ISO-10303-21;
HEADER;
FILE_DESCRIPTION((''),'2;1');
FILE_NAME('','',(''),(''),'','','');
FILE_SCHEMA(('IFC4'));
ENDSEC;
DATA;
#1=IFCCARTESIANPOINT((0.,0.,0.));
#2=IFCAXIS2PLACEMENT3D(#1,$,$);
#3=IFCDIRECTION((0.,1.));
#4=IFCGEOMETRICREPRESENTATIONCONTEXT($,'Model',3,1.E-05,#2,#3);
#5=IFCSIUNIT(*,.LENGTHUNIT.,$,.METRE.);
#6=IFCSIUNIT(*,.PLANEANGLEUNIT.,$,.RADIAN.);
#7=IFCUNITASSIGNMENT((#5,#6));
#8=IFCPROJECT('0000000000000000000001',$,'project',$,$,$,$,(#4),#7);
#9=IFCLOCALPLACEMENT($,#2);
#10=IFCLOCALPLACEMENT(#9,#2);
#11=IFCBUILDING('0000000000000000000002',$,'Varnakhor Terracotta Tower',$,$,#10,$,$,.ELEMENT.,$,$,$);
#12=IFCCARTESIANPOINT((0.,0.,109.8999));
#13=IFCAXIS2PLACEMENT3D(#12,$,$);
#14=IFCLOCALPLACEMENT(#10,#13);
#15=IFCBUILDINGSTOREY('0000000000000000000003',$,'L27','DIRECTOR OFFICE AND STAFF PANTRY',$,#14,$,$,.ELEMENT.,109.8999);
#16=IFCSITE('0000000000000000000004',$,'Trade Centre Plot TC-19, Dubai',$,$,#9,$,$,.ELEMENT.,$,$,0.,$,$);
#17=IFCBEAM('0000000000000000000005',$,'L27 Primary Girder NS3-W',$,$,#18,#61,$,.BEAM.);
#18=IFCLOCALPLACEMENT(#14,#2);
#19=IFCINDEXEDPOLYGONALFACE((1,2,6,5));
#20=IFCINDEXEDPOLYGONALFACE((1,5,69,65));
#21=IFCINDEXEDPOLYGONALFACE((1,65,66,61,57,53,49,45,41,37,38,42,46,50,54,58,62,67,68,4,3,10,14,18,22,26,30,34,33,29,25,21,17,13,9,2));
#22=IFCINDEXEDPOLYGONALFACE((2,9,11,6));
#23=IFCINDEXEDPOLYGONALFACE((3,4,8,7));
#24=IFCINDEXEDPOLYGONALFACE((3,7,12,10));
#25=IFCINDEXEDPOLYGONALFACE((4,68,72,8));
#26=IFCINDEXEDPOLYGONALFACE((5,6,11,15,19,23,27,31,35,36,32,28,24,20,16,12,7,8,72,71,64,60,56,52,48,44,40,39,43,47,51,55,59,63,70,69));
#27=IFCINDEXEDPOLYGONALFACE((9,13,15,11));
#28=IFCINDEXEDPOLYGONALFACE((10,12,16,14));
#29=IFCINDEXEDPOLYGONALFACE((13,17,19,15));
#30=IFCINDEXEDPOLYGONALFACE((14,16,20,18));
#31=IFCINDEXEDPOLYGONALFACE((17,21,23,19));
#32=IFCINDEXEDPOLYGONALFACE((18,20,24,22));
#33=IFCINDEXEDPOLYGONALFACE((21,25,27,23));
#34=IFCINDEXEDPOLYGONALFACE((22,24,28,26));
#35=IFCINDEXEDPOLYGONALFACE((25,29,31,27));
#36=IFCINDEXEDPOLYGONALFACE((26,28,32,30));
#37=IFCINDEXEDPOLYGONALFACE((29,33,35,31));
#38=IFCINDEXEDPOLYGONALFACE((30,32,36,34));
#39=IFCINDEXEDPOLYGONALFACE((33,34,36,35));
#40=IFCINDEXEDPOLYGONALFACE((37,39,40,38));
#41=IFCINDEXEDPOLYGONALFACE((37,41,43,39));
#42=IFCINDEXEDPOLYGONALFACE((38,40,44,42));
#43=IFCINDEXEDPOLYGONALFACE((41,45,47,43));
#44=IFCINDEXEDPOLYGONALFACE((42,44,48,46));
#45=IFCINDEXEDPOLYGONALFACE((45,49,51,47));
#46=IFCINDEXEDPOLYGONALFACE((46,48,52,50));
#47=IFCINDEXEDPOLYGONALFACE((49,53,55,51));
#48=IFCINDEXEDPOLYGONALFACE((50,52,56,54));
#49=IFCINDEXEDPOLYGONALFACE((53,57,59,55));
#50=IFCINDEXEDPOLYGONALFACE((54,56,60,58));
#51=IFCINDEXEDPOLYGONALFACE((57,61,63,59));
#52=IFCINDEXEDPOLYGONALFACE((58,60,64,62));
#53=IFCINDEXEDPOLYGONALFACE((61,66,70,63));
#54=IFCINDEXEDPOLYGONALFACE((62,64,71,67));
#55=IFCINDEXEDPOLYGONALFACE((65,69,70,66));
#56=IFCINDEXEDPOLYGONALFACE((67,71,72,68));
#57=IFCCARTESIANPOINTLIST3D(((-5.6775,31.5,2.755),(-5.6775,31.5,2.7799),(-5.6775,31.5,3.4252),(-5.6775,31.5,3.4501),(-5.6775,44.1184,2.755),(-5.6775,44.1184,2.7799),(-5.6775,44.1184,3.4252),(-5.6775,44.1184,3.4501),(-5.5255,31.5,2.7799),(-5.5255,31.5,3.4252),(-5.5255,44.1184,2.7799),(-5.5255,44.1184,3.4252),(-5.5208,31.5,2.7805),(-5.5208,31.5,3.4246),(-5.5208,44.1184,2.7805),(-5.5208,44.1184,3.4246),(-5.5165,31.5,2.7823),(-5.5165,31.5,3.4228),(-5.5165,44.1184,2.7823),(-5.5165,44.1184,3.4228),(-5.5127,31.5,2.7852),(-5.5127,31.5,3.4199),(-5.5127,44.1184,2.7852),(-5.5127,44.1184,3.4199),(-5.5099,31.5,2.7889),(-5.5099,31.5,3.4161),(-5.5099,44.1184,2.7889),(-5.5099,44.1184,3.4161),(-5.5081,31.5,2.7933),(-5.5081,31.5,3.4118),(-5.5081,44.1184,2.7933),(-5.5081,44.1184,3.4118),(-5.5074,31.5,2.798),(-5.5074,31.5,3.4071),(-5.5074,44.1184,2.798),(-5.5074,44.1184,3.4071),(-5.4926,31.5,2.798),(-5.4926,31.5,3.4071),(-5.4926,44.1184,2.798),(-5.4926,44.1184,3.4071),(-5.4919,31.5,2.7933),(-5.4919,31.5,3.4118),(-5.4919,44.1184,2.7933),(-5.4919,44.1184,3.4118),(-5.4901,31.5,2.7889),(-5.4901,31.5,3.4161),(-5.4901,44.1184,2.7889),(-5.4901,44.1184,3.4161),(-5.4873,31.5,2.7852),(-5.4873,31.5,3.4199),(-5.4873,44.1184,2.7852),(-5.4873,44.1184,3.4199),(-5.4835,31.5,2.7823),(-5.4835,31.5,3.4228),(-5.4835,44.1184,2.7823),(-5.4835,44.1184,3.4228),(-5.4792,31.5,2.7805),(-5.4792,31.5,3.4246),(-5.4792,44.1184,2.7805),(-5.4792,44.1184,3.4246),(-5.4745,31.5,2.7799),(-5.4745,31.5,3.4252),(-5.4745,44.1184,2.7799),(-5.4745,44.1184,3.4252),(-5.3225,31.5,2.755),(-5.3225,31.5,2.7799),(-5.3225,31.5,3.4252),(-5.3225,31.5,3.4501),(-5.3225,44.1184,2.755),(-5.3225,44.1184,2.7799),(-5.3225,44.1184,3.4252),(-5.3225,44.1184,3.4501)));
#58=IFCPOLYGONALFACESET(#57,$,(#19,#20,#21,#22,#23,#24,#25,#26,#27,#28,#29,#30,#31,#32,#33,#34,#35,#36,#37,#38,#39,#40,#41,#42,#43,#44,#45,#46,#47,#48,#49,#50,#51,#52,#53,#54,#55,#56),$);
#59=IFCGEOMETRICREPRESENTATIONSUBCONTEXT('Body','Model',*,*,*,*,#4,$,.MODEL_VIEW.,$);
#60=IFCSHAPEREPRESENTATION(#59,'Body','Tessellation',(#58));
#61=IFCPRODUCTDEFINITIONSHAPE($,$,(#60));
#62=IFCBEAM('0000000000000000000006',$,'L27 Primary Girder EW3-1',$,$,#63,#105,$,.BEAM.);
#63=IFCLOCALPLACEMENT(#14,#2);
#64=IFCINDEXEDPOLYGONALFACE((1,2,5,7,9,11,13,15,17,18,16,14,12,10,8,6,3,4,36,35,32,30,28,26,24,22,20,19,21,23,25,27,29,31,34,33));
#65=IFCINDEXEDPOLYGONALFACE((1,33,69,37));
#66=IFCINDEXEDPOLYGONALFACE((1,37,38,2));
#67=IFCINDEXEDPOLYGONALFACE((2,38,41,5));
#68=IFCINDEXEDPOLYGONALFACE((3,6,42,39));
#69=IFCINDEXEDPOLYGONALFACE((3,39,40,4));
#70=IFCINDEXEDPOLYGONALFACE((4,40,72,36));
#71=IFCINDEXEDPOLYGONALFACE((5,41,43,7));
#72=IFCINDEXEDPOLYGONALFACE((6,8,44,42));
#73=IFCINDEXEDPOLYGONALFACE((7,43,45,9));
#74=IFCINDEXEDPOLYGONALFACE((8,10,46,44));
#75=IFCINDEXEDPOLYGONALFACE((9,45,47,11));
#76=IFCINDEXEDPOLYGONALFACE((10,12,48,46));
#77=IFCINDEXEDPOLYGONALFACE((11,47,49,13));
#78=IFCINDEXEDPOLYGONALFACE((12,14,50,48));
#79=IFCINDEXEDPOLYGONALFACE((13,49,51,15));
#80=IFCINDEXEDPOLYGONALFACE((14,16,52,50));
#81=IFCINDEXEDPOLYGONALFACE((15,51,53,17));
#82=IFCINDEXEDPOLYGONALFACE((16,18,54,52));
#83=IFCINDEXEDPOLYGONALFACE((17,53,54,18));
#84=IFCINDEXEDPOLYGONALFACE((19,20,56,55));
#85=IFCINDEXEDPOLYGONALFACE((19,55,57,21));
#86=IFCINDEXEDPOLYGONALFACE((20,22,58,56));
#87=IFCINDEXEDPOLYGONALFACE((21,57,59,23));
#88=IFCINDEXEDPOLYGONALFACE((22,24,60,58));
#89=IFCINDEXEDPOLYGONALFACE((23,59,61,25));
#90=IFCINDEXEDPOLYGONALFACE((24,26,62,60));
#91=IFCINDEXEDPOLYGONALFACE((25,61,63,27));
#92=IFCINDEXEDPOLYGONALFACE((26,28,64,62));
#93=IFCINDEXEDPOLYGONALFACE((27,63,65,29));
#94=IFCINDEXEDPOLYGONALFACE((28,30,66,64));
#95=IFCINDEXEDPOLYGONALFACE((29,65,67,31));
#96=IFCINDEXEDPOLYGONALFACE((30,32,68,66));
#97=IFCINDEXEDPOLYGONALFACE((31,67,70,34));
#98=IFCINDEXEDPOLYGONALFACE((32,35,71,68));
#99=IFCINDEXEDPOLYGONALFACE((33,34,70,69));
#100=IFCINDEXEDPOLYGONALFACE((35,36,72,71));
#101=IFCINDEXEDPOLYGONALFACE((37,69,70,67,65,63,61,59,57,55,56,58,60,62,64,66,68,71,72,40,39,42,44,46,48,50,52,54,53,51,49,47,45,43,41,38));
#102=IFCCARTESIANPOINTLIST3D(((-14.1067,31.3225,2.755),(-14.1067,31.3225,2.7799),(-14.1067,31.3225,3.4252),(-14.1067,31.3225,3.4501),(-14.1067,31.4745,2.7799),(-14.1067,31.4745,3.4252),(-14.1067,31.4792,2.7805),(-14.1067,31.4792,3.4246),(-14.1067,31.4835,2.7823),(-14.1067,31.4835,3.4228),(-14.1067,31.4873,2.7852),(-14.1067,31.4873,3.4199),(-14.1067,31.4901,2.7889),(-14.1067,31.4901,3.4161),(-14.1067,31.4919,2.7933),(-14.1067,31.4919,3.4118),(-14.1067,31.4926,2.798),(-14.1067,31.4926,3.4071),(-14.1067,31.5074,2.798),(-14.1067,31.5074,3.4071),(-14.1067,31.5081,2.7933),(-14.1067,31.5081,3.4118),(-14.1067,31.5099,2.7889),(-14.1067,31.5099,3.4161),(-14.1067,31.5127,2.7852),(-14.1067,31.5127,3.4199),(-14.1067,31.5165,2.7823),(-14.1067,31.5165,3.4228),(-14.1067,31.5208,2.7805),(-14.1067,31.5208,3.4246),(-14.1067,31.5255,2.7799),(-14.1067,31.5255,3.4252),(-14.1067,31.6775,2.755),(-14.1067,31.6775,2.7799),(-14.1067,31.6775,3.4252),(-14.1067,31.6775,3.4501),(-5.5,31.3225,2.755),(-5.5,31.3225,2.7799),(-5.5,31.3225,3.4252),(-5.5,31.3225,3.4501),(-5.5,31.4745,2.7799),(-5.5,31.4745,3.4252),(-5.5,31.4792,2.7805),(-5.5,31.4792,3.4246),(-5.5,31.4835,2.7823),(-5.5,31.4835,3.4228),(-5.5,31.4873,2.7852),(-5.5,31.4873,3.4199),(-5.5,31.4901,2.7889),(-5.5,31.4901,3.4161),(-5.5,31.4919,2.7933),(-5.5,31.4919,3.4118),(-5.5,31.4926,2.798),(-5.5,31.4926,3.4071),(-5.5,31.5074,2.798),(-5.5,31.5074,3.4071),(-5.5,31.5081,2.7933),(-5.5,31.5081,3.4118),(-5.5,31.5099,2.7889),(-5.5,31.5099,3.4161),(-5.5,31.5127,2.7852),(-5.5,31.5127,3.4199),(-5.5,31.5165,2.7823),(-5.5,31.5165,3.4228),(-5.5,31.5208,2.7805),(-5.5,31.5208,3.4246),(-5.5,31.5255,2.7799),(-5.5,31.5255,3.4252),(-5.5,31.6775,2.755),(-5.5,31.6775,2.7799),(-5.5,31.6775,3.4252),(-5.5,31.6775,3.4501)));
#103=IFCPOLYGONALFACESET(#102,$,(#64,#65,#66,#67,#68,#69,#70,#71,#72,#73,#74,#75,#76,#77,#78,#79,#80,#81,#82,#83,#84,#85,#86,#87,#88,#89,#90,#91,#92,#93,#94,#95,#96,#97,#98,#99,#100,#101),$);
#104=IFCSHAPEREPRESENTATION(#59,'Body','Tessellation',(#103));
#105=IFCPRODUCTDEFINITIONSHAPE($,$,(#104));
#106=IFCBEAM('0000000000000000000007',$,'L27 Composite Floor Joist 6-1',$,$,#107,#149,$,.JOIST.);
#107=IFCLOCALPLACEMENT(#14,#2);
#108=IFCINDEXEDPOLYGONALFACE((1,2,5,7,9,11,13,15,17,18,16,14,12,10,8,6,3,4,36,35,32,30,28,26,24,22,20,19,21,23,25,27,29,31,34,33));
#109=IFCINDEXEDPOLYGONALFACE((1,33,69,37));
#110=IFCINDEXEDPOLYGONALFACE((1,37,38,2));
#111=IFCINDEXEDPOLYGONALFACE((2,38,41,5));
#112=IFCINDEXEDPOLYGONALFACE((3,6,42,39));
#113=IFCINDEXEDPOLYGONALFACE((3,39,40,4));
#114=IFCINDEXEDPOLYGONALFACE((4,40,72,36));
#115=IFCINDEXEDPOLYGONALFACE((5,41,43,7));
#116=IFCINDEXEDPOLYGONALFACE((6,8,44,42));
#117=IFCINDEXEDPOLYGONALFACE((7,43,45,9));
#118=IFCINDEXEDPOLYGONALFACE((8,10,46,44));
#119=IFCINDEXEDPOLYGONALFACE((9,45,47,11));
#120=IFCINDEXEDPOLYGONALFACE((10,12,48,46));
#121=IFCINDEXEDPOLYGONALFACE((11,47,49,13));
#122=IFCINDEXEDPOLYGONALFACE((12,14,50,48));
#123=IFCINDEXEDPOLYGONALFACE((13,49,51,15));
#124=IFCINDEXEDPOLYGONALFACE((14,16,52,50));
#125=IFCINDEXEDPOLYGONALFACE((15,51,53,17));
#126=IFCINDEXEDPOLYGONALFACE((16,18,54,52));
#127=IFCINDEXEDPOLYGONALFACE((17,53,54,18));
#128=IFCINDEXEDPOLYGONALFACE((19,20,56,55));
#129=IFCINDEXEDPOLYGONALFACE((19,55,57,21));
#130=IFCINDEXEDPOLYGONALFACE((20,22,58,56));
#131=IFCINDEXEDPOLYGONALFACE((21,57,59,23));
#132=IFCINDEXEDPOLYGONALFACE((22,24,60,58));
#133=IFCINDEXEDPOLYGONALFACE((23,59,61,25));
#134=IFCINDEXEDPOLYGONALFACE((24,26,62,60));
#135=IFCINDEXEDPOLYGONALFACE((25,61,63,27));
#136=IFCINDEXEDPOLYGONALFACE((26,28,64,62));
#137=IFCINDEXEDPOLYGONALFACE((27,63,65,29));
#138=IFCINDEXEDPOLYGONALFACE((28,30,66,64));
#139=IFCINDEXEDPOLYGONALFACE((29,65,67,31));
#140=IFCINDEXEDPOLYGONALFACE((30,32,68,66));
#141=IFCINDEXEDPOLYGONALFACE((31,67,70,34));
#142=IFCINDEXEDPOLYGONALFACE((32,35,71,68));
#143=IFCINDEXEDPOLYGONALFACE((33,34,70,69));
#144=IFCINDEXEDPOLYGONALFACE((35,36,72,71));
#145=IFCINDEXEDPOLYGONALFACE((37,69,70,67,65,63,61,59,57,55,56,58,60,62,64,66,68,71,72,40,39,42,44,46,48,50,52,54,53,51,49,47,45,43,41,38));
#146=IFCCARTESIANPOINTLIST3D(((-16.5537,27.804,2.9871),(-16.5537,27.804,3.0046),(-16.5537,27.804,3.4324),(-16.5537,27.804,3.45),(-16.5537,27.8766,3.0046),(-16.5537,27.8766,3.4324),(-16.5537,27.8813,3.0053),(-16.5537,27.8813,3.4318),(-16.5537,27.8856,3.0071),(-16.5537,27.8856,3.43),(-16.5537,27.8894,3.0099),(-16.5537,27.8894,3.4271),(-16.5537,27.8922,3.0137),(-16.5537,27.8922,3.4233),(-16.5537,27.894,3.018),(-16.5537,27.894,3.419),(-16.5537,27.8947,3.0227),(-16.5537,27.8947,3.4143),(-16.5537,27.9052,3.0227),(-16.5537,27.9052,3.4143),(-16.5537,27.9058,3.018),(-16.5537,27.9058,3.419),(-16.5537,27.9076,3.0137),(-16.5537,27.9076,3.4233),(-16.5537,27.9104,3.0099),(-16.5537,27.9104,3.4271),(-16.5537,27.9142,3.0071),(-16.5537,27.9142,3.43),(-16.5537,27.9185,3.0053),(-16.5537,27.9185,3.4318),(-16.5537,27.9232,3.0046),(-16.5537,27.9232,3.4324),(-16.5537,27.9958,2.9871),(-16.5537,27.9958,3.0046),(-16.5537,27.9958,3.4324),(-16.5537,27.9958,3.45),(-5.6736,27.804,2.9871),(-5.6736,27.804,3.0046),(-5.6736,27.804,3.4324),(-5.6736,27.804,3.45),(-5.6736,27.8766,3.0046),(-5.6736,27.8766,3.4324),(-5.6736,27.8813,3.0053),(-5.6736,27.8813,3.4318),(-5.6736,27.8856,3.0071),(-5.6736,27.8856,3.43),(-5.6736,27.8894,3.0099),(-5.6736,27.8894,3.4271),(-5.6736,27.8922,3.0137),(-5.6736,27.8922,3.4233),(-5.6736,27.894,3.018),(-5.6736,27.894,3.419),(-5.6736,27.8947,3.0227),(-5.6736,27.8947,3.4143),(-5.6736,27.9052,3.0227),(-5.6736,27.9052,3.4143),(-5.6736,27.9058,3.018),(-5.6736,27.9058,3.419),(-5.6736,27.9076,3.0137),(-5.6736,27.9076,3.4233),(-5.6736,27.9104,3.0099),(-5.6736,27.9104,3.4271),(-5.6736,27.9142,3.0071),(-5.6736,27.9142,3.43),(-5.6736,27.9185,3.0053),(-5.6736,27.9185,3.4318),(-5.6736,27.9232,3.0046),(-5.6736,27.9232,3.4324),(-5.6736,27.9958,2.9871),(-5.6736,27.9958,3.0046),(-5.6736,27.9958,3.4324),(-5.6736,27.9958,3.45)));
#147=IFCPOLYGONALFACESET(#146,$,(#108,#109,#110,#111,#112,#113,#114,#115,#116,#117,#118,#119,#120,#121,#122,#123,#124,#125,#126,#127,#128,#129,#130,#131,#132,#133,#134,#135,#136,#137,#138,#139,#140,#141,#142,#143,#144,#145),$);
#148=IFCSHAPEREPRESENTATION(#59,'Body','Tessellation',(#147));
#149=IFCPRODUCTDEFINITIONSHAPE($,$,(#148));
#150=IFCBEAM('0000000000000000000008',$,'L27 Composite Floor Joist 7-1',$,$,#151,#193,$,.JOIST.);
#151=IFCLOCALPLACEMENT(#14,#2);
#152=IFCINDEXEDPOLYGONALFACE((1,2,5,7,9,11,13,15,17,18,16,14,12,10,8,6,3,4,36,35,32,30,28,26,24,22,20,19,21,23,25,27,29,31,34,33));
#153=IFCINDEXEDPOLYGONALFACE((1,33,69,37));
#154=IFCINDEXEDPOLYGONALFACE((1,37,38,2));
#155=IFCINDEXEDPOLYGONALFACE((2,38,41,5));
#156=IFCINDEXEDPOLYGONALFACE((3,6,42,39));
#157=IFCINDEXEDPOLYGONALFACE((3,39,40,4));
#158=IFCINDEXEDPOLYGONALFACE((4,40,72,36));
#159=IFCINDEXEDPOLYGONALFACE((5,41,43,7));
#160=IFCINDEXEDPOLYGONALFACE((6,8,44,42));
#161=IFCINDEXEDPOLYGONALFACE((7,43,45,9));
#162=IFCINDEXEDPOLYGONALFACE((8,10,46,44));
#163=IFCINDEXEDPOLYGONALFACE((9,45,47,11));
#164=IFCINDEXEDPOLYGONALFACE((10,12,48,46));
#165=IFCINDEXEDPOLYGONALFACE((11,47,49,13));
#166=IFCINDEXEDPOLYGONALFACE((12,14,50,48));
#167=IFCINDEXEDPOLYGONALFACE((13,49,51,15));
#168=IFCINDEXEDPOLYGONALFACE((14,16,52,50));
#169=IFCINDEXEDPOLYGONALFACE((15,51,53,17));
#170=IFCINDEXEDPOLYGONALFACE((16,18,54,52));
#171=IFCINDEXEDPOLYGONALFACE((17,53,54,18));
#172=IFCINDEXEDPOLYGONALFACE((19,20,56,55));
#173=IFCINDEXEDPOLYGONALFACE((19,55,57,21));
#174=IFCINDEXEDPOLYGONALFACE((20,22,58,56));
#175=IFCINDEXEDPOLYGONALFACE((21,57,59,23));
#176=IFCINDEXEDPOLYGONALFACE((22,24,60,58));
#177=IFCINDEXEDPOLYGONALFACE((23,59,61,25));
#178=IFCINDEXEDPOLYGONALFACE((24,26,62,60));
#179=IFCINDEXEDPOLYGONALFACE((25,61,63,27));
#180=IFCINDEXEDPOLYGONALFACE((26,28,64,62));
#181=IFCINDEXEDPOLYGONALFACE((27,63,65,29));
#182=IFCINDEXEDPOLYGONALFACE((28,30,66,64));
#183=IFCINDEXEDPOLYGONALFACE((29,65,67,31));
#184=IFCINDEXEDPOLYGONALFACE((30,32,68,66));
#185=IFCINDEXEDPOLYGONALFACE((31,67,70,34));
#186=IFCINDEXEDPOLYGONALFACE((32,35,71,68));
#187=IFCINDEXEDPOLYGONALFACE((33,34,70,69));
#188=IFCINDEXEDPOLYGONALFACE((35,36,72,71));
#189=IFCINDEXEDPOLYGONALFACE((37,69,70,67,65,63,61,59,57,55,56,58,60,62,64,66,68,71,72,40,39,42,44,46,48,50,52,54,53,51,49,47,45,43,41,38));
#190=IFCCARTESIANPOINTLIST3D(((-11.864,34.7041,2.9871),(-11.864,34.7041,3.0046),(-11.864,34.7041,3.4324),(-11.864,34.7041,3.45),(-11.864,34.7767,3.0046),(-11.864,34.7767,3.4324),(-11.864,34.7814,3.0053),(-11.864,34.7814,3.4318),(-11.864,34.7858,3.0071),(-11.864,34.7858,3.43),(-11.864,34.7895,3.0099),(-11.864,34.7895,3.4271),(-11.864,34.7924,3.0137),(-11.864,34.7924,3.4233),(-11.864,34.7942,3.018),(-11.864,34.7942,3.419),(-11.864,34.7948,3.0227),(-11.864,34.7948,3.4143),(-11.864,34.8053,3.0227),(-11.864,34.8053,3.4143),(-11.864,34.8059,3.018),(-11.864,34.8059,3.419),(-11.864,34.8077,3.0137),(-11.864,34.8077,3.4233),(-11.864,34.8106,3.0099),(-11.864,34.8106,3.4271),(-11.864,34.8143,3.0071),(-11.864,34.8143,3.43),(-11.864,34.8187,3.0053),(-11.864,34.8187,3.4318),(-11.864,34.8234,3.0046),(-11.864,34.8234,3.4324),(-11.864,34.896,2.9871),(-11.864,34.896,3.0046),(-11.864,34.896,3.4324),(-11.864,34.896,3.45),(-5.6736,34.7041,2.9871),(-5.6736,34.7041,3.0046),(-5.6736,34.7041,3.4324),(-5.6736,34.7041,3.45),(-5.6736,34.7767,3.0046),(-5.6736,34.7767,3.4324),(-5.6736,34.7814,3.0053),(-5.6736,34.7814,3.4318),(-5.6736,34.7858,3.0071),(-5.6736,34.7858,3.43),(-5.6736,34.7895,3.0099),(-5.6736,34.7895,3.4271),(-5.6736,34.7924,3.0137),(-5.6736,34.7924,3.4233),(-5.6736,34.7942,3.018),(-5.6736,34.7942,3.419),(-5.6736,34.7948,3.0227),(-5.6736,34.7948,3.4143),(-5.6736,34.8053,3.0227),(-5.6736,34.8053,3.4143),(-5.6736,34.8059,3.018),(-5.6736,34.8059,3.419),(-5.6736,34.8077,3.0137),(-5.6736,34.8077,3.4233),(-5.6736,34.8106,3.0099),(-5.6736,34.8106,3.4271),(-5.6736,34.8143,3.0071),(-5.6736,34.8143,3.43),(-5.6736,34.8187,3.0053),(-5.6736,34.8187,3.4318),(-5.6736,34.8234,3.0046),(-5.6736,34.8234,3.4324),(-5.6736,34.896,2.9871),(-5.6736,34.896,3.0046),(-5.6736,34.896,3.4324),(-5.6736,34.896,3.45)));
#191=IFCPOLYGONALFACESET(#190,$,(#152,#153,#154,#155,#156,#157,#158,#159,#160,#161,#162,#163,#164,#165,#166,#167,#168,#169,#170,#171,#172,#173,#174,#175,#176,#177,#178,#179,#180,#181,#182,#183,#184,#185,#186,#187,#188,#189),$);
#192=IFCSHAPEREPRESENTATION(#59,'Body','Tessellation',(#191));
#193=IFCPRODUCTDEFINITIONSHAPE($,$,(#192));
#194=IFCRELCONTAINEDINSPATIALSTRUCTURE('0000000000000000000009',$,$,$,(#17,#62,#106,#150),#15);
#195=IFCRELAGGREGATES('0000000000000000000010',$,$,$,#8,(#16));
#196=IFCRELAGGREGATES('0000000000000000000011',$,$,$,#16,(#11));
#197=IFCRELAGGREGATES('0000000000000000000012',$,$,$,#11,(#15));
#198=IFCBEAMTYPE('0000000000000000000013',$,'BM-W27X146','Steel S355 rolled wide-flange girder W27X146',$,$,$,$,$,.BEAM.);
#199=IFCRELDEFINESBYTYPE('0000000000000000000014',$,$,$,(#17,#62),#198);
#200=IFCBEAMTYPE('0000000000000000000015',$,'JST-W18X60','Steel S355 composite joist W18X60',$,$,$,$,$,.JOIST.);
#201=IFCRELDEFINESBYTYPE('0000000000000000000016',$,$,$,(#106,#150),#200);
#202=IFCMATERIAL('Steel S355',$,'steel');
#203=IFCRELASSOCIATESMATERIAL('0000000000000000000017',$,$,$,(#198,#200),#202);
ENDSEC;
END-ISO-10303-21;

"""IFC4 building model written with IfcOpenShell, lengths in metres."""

from ifc_helpers import new_model, si_unit, direction, frame, origin, origin_2d, place, context, subcontext, project, spatial, i_section, extrude, source, transform, mapped, material, material_profile, profile_set, type_object, element, save


model = new_model("IFC4")

# Units and contexts
model_context = context("Model", 3, precision=1e-05, world=origin(), true_north=direction((0.0, 1.0)))
body_context = subcontext(model_context, "Body", "Model", "MODEL_VIEW")
ifc_project = project(units=[si_unit("LENGTHUNIT", "METRE"), si_unit("PLANEANGLEUNIT", "RADIAN")], contexts=[model_context])

# Site, building, storey
site_placement = place(None, origin())
site = spatial("IfcSite", under=ifc_project, at=site_placement, Name="Trade Centre Plot TC-19, Dubai", CompositionType="ELEMENT", RefElevation=0.0)
building_placement = place(site_placement, origin())
building = spatial("IfcBuilding", under=site, at=building_placement, Name="Varnakhor Terracotta Tower", CompositionType="ELEMENT")
storey_placement = place(building_placement, frame((0.0, 0.0, 109.8999)))
storey = spatial("IfcBuildingStorey", under=building, at=storey_placement, Name="L27", Description="DIRECTOR OFFICE AND STAFF PANTRY", CompositionType="ELEMENT", Elevation=109.8999)

# Beams
ifc_material_1 = material(Name="Steel S355", Category="steel")
ifc_material_profile_1 = material_profile(ifc_material_1, i_section(OverallWidth=0.355, OverallDepth=0.6951, WebThickness=0.0149, FlangeThickness=0.0249, FilletRadius=0.0181, at=origin_2d()), Name="W27X146")
ifc_profile_set_1 = profile_set([ifc_material_profile_1], Name="Steel S355")
beam_type_1 = type_object("IfcBeamType", Name="BM-W27X146", Description="Steel S355 rolled wide-flange girder W27X146", PredefinedType="BEAM", material=ifc_profile_set_1)
ifc_material_profile_2 = material_profile(ifc_material_1, i_section(OverallWidth=0.1919, OverallDepth=0.4629, WebThickness=0.0105, FlangeThickness=0.0176, FilletRadius=0.0181, at=origin_2d()), Name="W18X60")
ifc_profile_set_2 = profile_set([ifc_material_profile_2], Name="Steel S355")
beam_type_2 = type_object("IfcBeamType", Name="JST-W18X60", Description="Steel S355 composite joist W18X60", PredefinedType="JOIST", material=ifc_profile_set_2)
shared_shape_1 = source(origin(), body_context, "Body", "SweptSolid", [
    extrude(i_section(OverallWidth=0.355, OverallDepth=0.6951, WebThickness=0.0149, FlangeThickness=0.0249, FilletRadius=0.0181, at=origin_2d()), origin(), (0.0, 0.0, 1.0), 12.6184),
])
beam_1_placement = place(storey_placement, frame((-5.5, 31.5, 3.1025), z_axis=(0.0, 1.0, 0.0), x_axis=(-1.0, 0.0, 0.0)))
element("IfcBeam", 1, at=beam_1_placement, inside=storey, type_object=beam_type_1, Name="L27 Primary Girder NS3-W", PredefinedType="BEAM", context=body_context, shape_type="MappedRepresentation", body=[
    mapped(shared_shape_1, transform((0.0, 0.0, 0.0), scale=1.0)),
])
shared_shape_2 = source(origin(), body_context, "Body", "SweptSolid", [
    extrude(i_section(OverallWidth=0.355, OverallDepth=0.6951, WebThickness=0.0149, FlangeThickness=0.0249, FilletRadius=0.0181, at=origin_2d()), origin(), (0.0, 0.0, 1.0), 8.6067),
])
beam_2_placement = place(storey_placement, frame((-14.1067, 31.5, 3.1025), z_axis=(1.0, 0.0, 0.0), x_axis=(0.0, 1.0, 0.0)))
element("IfcBeam", 2, at=beam_2_placement, inside=storey, type_object=beam_type_1, Name="L27 Primary Girder EW3-1", PredefinedType="BEAM", context=body_context, shape_type="MappedRepresentation", body=[
    mapped(shared_shape_2, transform((0.0, 0.0, 0.0), scale=1.0)),
])
shared_shape_3 = source(origin(), body_context, "Body", "SweptSolid", [
    extrude(i_section(OverallWidth=0.1919, OverallDepth=0.4629, WebThickness=0.0105, FlangeThickness=0.0176, FilletRadius=0.0181, at=origin_2d()), origin(), (0.0, 0.0, 1.0), 10.8801),
])
beam_3_placement = place(storey_placement, frame((-16.5537, 27.8999, 3.2185), z_axis=(1.0, 0.0, 0.0), x_axis=(0.0, 1.0, 0.0)))
element("IfcBeam", 3, at=beam_3_placement, inside=storey, type_object=beam_type_2, Name="L27 Composite Floor Joist 6-1", PredefinedType="JOIST", context=body_context, shape_type="MappedRepresentation", body=[
    mapped(shared_shape_3, transform((0.0, 0.0, 0.0), scale=1.0)),
])
shared_shape_4 = source(origin(), body_context, "Body", "SweptSolid", [
    extrude(i_section(OverallWidth=0.1919, OverallDepth=0.4629, WebThickness=0.0105, FlangeThickness=0.0176, FilletRadius=0.0181, at=origin_2d()), origin(), (0.0, 0.0, 1.0), 6.1904),
])
beam_4_placement = place(storey_placement, frame((-11.864, 34.8, 3.2185), z_axis=(1.0, 0.0, 0.0), x_axis=(0.0, 1.0, 0.0)))
element("IfcBeam", 4, at=beam_4_placement, inside=storey, type_object=beam_type_2, Name="L27 Composite Floor Joist 7-1", PredefinedType="JOIST", context=body_context, shape_type="MappedRepresentation", body=[
    mapped(shared_shape_4, transform((0.0, 0.0, 0.0), scale=1.0)),
])

save(model, "model.ifc")
